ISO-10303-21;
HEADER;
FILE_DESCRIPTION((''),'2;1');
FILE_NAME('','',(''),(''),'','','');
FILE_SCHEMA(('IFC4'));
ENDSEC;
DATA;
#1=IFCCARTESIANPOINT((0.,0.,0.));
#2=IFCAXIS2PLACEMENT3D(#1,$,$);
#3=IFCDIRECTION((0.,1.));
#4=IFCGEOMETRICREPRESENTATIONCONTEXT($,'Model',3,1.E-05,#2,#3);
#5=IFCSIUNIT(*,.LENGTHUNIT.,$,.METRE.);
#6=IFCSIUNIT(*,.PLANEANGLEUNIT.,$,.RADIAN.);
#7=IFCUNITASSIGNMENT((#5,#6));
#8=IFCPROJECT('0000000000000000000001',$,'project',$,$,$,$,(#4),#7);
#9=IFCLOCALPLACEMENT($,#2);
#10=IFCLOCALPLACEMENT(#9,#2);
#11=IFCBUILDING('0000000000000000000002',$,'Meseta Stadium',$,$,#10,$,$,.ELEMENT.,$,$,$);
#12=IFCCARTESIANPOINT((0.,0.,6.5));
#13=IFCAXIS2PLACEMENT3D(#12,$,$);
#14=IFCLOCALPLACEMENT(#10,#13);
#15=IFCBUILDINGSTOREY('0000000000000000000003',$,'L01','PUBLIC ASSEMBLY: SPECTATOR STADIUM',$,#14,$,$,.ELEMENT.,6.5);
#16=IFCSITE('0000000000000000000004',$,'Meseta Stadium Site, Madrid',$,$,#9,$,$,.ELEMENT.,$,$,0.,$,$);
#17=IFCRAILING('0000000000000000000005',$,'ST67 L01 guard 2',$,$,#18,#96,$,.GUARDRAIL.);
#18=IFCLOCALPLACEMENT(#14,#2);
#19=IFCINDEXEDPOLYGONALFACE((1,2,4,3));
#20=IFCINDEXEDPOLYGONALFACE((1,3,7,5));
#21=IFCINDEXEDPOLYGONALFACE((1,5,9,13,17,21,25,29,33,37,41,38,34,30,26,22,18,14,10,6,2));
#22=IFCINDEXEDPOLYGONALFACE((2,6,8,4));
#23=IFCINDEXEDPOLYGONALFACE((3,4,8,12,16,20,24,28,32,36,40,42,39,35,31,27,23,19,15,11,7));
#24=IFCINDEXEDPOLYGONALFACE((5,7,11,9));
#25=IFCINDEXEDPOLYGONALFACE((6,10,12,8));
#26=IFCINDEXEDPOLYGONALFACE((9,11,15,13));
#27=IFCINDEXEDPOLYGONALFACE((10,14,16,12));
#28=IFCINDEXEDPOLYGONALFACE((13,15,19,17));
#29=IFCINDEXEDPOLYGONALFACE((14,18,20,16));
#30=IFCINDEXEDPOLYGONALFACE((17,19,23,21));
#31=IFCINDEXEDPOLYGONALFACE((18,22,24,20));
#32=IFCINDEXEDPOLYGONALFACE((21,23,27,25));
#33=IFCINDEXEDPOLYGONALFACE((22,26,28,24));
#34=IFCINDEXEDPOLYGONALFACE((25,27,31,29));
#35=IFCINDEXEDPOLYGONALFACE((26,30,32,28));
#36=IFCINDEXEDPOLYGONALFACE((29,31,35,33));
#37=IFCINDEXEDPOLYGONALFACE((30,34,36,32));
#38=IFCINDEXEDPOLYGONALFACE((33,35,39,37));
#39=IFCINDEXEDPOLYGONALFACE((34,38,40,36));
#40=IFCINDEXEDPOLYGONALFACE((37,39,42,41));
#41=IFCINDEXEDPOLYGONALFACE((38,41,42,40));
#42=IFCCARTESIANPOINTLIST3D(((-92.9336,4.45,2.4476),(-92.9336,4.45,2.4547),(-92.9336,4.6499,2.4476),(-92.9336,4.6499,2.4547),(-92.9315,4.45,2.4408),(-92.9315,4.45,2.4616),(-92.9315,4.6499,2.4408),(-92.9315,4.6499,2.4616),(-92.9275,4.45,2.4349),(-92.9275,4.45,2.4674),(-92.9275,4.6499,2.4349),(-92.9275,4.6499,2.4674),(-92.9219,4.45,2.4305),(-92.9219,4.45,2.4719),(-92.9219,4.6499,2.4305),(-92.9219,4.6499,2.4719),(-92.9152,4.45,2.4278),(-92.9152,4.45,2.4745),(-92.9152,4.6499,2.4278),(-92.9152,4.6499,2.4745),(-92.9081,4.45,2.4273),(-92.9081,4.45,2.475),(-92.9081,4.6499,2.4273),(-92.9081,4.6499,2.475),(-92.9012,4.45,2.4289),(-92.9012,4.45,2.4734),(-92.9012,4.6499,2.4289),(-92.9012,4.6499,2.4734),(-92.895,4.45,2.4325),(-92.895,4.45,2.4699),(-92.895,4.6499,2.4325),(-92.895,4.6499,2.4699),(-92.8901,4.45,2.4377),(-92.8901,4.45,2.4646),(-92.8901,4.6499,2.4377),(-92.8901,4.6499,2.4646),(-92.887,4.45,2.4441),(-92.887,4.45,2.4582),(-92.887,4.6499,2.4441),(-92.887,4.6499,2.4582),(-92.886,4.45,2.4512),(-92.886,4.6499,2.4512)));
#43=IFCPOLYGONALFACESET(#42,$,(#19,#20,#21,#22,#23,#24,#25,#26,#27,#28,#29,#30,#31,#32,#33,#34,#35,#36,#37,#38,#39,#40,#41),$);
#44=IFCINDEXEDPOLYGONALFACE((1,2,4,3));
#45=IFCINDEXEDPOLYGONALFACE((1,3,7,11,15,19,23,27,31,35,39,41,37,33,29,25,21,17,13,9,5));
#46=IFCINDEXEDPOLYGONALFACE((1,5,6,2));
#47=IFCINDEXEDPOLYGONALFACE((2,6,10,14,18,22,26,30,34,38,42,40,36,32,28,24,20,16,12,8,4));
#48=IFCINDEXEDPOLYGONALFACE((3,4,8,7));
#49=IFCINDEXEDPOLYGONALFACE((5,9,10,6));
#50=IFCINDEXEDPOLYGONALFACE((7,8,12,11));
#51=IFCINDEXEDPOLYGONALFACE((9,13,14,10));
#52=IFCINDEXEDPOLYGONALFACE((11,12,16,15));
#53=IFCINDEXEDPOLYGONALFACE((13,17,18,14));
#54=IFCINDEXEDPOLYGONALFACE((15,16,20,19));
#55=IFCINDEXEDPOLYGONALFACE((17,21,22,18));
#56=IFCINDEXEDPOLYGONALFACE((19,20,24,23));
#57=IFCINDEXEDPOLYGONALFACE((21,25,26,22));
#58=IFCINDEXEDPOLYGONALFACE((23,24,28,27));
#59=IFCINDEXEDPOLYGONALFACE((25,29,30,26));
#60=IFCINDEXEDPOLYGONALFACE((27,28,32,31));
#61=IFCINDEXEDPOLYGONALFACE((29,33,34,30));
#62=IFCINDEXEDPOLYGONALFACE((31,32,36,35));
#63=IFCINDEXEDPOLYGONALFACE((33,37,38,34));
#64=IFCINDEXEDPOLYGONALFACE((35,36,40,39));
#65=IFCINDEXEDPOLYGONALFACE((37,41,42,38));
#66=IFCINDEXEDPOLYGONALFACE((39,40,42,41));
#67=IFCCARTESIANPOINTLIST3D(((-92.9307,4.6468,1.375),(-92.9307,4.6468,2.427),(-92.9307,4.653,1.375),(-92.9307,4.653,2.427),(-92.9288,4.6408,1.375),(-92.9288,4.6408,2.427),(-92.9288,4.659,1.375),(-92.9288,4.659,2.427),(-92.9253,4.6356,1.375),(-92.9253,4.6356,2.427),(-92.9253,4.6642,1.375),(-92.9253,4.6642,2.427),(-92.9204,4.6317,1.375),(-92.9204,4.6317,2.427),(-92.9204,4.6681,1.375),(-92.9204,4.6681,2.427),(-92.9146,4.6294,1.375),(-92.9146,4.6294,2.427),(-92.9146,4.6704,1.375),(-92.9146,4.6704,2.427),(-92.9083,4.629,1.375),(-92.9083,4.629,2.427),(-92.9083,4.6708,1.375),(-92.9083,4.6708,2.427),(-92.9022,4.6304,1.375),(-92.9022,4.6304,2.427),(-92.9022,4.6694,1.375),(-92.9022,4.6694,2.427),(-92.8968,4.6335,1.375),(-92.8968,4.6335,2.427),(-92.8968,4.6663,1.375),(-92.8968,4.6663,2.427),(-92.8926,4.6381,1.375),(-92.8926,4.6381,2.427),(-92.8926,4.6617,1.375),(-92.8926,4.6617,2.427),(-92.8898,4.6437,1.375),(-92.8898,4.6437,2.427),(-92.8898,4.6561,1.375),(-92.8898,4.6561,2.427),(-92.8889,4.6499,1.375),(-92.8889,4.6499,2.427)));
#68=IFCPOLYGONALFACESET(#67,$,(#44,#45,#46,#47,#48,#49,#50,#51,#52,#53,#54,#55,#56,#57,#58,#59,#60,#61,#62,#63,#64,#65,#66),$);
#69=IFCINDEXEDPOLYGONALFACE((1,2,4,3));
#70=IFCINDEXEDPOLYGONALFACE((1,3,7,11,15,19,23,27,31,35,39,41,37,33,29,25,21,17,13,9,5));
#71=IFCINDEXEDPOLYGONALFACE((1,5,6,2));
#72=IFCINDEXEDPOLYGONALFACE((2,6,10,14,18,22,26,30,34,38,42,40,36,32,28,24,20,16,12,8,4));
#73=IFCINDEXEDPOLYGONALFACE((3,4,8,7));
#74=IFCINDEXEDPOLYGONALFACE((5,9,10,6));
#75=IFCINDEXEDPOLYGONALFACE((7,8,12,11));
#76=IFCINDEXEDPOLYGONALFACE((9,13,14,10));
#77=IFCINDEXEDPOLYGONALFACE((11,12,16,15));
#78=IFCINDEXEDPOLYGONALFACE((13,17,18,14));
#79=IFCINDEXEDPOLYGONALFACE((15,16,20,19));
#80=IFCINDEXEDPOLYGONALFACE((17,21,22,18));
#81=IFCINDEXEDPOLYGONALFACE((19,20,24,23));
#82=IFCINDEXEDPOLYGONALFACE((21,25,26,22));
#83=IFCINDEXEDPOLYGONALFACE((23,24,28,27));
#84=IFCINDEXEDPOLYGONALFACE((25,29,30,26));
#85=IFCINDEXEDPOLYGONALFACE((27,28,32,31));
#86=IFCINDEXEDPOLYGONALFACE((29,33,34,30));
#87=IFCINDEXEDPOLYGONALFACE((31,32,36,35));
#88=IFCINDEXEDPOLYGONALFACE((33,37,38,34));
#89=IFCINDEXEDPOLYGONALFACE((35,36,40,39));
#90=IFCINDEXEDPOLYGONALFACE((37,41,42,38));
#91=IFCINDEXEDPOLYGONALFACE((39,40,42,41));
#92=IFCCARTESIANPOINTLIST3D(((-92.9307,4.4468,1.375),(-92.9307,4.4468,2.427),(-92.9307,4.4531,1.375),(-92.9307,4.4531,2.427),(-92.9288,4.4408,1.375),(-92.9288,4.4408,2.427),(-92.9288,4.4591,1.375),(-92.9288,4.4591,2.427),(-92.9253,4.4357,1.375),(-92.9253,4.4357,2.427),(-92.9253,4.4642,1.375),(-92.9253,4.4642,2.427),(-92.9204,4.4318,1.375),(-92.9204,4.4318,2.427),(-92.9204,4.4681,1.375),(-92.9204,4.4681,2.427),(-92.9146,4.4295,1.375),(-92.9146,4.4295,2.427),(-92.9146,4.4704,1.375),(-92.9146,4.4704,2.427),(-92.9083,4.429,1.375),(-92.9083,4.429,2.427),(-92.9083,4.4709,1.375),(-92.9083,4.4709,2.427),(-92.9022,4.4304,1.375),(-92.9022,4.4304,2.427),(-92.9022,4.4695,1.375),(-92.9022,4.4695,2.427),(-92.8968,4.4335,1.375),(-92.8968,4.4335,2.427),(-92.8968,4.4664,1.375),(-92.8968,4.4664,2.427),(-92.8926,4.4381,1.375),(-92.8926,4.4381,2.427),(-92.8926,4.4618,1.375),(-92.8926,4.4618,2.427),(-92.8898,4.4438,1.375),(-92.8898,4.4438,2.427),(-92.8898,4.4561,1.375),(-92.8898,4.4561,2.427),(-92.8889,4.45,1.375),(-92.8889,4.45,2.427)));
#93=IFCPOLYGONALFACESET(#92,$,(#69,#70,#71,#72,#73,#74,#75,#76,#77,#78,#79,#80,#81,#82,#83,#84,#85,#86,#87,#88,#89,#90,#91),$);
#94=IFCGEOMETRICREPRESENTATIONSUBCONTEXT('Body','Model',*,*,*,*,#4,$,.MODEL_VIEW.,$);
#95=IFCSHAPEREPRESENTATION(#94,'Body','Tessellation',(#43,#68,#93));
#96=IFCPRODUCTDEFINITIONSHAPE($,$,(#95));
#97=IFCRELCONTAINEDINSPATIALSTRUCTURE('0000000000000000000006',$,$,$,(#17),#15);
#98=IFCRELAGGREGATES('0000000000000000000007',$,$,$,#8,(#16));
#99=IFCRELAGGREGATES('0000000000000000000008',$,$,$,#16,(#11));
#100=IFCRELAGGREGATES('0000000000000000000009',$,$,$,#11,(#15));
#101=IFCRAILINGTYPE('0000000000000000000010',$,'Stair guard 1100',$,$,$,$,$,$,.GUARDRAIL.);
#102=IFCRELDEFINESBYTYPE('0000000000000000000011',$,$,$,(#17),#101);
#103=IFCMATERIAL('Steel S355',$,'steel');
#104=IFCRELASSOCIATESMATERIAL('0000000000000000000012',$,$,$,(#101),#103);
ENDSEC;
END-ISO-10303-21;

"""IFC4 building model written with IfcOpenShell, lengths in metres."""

from ifc_helpers import new_model, si_unit, direction, frame, origin, origin_2d, place, context, subcontext, project, spatial, circle, extrude, material, type_object, element, save


model = new_model("IFC4")

# Units and contexts
model_context = context("Model", 3, precision=1e-05, world=origin(), true_north=direction((0.0, 1.0)))
body_context = subcontext(model_context, "Body", "Model", "MODEL_VIEW")
ifc_project = project(units=[si_unit("LENGTHUNIT", "METRE"), si_unit("PLANEANGLEUNIT", "RADIAN")], contexts=[model_context])

# Site, building, storey
site_placement = place(None, origin())
site = spatial("IfcSite", under=ifc_project, at=site_placement, Name="Meseta Stadium Site, Madrid", CompositionType="ELEMENT", RefElevation=0.0)
building_placement = place(site_placement, origin())
building = spatial("IfcBuilding", under=site, at=building_placement, Name="Meseta Stadium", CompositionType="ELEMENT")
storey_placement = place(building_placement, frame((0.0, 0.0, 6.5)))
storey = spatial("IfcBuildingStorey", under=building, at=storey_placement, Name="L01", Description="PUBLIC ASSEMBLY: SPECTATOR STADIUM", CompositionType="ELEMENT", Elevation=6.5)

# Railing
ifc_material_1 = material(Name="Steel S355", Category="steel")
railing_type_1 = type_object("IfcRailingType", Name="Stair guard 1100", PredefinedType="GUARDRAIL", material=ifc_material_1)
railing_1_placement = place(storey_placement, frame((-92.9099, 4.6499, 1.375)))
element("IfcRailing", 1, at=railing_1_placement, inside=storey, type_object=railing_type_1, Name="ST67 L01 guard 2", PredefinedType="GUARDRAIL", context=body_context, shape_type="SweptSolid", body=[
    extrude(circle(Radius=0.0239, at=origin_2d()), frame((0.0, 0.0, 1.0762), z_axis=(0.0, -1.0, 0.0), x_axis=(1.0, 0.0, 0.0)), (0.0, 0.0, 1.0), 0.2),
    extrude(circle(Radius=0.021, at=origin_2d()), origin(), (0.0, 0.0, 1.0), 1.052),
    extrude(circle(Radius=0.021, at=origin_2d()), frame((0.0, -0.2, 0.0)), (0.0, 0.0, 1.0), 1.052),
])

save(model, "model.ifc")
